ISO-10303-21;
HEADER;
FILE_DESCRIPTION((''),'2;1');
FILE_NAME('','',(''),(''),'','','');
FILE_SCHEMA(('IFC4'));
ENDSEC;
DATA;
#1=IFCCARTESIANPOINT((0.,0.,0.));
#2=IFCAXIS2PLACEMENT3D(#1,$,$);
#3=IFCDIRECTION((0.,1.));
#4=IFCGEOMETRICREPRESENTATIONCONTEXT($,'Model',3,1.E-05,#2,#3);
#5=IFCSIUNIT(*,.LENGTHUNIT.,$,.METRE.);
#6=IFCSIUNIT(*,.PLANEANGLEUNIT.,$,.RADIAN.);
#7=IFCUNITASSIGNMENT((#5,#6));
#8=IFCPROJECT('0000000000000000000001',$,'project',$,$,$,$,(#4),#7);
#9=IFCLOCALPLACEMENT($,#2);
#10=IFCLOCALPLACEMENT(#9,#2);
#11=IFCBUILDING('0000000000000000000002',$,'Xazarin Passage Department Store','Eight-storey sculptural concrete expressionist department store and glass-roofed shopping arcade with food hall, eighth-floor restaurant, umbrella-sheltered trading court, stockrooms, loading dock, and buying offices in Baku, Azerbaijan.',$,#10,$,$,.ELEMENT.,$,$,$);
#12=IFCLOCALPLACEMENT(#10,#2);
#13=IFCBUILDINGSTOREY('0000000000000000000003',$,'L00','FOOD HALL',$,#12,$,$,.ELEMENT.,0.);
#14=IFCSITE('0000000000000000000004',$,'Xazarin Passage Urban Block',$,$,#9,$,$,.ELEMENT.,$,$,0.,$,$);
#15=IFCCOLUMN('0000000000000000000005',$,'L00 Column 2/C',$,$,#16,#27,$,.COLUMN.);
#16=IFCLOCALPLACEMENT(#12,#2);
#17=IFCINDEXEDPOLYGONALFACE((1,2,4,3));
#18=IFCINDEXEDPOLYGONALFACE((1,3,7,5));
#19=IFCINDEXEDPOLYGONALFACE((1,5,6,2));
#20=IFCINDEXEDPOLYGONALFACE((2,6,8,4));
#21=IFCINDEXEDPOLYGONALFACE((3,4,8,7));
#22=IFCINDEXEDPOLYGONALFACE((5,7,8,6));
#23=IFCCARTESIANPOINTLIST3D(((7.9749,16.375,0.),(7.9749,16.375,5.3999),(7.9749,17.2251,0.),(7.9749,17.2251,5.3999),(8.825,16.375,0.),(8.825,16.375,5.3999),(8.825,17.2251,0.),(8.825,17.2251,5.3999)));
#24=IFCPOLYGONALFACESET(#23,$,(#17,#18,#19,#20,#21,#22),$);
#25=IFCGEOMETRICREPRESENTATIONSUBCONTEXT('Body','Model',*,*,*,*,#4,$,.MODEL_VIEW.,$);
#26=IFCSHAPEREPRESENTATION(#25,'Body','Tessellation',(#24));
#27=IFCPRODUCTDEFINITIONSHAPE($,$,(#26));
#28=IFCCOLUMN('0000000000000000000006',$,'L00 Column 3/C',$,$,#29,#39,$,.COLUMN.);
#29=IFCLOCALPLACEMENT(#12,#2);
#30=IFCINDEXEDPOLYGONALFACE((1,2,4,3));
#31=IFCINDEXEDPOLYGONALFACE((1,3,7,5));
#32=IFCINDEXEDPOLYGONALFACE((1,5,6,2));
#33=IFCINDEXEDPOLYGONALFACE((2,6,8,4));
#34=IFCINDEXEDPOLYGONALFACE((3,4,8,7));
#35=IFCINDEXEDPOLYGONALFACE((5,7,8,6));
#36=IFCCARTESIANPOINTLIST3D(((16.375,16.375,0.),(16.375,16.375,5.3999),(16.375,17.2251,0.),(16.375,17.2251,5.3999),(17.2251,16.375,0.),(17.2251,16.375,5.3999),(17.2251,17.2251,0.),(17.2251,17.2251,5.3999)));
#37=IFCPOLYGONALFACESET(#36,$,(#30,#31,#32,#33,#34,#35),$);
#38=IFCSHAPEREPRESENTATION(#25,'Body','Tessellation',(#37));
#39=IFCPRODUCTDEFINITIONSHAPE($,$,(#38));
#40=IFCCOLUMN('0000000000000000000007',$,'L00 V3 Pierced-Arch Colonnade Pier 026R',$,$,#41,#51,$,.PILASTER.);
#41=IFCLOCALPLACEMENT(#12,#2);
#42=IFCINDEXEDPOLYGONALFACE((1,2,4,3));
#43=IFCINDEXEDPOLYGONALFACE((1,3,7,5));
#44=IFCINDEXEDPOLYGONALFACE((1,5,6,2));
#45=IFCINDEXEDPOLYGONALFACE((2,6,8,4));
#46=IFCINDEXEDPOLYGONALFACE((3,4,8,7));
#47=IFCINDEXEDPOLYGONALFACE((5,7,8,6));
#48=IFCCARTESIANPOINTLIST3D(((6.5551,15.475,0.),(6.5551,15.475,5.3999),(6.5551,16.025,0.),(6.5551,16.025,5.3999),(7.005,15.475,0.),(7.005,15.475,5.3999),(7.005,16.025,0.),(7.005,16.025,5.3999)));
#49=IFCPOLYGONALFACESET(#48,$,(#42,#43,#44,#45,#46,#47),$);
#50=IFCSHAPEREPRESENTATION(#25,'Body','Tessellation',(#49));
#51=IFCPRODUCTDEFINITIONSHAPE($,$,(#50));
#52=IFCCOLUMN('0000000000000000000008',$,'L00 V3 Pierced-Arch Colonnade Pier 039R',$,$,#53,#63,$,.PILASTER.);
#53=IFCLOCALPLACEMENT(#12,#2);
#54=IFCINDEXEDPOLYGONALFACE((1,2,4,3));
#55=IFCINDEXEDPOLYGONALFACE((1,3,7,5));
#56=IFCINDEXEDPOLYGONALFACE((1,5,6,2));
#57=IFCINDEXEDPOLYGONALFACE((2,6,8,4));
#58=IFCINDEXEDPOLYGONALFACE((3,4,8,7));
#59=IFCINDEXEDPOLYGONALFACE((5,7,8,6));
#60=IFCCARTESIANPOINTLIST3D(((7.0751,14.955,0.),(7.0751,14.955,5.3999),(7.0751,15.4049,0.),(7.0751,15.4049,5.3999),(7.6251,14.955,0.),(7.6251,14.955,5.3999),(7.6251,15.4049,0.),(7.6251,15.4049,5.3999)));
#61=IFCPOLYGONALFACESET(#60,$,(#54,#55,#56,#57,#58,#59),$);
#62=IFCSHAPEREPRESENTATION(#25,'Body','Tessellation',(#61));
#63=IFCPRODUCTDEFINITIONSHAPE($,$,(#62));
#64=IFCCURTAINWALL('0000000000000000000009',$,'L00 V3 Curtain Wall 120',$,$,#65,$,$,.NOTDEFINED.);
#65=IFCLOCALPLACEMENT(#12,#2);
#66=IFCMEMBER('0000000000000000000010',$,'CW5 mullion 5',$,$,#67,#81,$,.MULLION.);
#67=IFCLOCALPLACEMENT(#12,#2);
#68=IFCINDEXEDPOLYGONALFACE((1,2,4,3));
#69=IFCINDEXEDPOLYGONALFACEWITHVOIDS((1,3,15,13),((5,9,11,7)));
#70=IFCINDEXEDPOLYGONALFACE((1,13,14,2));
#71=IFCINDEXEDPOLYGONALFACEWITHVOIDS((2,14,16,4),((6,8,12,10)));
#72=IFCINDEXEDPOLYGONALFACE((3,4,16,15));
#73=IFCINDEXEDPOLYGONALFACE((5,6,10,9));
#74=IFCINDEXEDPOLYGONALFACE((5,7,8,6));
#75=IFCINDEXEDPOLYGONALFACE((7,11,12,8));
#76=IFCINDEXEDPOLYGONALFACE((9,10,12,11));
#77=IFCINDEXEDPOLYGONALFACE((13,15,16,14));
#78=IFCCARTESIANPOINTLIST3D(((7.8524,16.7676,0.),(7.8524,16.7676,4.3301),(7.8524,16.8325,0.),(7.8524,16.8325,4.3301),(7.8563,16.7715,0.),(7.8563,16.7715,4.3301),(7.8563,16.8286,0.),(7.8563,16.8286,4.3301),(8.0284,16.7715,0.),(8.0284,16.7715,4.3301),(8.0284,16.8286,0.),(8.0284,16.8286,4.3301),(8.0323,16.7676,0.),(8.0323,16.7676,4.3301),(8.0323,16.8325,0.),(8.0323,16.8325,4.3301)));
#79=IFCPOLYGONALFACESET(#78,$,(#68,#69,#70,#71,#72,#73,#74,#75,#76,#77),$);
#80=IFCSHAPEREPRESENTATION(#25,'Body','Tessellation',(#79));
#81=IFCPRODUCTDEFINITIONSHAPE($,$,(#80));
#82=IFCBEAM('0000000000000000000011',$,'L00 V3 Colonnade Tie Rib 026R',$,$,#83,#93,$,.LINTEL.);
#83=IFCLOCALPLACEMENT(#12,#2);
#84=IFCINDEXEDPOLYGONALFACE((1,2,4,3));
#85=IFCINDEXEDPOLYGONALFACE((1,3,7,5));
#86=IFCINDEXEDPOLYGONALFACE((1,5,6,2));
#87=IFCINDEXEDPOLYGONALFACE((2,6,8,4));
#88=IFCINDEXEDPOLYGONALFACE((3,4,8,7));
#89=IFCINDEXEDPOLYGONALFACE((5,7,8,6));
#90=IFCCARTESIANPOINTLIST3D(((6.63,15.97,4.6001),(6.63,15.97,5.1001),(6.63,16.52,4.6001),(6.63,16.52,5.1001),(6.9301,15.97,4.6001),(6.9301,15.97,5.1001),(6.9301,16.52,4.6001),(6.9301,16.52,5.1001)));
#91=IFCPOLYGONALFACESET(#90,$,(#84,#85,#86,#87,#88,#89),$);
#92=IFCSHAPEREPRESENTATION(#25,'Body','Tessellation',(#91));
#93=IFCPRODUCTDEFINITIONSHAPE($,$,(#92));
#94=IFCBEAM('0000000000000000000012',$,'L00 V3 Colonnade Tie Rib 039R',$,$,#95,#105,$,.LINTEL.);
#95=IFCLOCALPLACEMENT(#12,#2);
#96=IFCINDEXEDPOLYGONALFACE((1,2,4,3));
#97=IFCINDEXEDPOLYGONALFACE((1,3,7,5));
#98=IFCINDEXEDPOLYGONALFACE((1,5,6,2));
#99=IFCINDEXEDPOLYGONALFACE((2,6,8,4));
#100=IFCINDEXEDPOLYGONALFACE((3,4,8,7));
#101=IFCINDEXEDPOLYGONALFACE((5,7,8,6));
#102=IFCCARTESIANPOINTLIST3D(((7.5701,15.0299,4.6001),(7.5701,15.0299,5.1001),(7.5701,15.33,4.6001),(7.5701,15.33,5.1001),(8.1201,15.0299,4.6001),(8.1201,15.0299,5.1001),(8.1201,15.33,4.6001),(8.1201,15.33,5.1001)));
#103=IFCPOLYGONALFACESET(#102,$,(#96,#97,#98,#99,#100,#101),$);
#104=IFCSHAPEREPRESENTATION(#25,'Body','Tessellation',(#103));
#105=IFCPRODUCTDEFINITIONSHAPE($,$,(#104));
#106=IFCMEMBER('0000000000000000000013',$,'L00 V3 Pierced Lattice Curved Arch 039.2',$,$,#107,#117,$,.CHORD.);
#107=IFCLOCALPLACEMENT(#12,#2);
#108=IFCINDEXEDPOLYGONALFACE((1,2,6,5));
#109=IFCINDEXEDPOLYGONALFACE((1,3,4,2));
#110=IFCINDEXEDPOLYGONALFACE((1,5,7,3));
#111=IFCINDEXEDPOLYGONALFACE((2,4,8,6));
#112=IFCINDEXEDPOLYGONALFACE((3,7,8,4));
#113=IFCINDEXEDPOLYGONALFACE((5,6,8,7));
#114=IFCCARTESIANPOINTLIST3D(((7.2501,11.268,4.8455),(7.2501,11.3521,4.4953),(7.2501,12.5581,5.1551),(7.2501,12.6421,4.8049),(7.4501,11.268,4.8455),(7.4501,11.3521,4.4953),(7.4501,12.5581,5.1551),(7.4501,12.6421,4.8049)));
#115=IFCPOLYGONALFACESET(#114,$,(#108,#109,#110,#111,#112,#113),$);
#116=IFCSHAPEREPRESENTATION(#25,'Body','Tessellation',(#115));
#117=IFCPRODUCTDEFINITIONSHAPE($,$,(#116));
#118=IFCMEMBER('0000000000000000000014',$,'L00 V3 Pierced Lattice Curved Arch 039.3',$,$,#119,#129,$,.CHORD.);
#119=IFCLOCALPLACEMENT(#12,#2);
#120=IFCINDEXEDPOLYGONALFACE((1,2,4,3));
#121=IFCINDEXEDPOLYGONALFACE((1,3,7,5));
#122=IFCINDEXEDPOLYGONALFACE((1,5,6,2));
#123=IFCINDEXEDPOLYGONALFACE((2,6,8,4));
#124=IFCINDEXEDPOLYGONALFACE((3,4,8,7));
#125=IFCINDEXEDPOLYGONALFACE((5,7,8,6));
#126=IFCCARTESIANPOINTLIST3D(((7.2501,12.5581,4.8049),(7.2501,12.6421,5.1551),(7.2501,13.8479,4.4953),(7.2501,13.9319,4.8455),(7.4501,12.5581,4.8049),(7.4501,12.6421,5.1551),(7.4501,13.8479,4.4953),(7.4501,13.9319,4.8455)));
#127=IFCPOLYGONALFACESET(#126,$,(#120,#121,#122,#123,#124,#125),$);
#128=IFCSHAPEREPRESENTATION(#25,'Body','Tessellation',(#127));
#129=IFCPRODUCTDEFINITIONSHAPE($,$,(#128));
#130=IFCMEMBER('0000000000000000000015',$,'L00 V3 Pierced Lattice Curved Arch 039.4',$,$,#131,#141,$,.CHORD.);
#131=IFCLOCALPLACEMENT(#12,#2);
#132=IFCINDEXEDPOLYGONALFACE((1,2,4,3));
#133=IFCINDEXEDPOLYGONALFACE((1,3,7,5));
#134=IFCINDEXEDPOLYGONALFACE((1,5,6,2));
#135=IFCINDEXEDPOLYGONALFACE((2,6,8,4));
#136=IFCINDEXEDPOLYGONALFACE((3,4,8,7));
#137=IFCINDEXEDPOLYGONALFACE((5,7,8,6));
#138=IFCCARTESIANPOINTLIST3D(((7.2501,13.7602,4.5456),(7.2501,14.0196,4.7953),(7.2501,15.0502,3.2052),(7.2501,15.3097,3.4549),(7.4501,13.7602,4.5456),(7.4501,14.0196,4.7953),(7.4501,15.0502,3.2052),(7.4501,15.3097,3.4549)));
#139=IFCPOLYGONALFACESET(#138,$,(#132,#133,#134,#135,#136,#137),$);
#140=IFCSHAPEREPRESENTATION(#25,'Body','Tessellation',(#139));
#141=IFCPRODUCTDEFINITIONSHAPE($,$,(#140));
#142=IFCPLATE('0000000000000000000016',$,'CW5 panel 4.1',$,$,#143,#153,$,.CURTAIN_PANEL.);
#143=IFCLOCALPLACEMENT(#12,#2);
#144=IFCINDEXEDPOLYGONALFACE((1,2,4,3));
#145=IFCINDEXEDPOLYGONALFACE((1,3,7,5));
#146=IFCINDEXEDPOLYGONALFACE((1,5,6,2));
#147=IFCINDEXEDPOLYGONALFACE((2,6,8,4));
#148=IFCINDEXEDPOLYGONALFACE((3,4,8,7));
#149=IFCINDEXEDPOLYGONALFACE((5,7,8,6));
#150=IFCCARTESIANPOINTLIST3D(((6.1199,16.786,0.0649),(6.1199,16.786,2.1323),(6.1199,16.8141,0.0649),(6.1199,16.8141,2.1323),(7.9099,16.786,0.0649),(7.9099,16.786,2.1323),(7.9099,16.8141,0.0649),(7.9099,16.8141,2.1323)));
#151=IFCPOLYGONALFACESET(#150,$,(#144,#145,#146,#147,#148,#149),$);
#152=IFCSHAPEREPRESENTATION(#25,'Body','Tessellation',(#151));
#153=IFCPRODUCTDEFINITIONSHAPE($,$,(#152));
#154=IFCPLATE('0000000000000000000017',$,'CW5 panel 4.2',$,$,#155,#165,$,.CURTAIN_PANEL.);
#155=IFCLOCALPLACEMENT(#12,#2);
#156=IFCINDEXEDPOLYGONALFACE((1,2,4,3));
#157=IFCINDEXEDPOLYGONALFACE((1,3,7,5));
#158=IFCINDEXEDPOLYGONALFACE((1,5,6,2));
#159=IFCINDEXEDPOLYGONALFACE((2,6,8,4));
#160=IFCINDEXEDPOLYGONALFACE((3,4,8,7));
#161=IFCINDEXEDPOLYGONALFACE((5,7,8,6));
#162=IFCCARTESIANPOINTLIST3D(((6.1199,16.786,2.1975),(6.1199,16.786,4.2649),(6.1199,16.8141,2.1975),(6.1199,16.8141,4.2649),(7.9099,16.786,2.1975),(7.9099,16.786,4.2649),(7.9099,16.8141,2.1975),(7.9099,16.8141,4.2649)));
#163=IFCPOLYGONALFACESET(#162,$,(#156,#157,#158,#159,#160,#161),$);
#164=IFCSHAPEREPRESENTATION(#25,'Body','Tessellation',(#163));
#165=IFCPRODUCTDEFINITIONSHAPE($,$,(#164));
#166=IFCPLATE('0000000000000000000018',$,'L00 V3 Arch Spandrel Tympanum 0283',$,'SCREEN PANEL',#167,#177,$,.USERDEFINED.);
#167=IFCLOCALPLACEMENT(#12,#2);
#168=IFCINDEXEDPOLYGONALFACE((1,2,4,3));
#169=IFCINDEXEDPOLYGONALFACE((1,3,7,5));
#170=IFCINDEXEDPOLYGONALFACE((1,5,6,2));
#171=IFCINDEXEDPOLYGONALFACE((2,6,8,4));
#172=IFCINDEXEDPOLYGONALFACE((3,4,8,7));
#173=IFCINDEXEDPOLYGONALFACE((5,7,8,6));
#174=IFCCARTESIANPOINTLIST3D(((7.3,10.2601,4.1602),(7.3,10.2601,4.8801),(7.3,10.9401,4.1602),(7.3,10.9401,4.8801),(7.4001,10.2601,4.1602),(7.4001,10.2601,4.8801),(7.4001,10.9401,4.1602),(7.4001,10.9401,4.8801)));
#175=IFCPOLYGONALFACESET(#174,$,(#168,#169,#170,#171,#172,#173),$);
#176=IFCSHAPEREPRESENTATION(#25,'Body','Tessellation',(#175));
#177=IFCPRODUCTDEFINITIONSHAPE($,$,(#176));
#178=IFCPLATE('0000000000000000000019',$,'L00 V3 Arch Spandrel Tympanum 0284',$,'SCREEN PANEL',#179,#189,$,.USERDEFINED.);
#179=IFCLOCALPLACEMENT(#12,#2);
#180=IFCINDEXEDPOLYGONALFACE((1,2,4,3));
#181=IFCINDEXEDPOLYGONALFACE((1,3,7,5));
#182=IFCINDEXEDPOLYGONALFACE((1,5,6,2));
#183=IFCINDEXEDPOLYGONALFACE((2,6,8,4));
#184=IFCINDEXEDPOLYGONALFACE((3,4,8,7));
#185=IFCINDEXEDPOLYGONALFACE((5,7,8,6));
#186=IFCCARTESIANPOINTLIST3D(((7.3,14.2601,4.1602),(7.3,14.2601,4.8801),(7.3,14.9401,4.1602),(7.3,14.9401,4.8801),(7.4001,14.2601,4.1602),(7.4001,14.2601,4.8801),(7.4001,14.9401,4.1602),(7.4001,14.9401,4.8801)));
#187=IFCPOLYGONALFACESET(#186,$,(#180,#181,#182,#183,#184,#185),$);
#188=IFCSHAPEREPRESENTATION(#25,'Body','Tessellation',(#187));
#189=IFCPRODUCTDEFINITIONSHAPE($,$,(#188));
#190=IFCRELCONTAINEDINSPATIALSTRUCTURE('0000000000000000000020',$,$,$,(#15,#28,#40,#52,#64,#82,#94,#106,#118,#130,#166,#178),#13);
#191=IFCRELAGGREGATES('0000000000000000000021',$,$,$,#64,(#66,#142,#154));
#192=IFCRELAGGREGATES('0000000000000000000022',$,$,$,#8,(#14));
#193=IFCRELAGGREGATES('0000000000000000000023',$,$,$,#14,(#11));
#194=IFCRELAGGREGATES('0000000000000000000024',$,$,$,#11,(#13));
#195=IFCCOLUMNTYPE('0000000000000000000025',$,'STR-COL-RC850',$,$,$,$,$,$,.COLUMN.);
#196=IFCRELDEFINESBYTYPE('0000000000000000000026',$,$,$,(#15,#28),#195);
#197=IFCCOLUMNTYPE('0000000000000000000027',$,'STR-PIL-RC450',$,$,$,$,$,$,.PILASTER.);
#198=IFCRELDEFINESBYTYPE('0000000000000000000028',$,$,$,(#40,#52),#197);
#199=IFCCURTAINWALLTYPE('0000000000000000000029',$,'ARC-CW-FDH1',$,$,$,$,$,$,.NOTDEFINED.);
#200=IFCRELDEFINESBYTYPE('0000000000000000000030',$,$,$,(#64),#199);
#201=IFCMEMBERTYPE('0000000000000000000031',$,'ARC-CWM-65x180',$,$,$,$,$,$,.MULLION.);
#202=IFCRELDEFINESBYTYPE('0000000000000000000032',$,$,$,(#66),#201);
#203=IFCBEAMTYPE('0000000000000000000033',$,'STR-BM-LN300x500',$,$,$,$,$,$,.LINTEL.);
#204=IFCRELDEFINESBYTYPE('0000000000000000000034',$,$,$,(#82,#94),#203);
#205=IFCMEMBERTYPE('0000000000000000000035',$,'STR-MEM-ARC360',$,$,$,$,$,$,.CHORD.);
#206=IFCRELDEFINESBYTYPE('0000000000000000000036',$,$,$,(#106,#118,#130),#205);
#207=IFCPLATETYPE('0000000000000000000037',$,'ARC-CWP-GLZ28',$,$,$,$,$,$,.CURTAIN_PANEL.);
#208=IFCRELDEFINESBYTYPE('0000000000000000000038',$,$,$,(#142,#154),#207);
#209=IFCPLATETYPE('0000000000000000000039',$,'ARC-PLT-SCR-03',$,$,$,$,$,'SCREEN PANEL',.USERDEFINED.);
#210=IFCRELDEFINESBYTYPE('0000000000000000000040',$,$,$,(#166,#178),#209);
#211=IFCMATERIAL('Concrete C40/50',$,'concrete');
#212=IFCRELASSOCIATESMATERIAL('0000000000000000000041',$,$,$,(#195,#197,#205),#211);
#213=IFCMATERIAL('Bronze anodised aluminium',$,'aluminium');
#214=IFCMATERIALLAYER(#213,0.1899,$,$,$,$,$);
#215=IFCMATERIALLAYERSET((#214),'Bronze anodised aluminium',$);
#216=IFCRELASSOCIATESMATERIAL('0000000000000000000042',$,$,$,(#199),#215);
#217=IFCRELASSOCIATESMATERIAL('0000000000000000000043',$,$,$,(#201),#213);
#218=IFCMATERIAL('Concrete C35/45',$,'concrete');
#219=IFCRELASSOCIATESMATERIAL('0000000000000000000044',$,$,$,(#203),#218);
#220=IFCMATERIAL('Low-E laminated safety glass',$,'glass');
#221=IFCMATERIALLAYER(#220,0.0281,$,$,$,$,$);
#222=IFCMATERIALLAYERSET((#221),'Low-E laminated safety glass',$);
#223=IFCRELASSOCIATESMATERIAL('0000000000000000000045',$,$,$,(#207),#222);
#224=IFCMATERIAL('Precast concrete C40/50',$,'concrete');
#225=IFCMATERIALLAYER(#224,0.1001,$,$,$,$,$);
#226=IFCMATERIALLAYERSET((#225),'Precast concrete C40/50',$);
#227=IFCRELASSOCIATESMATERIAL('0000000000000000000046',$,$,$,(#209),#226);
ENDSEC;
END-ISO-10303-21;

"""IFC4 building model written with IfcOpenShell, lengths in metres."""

from ifc_helpers import new_model, si_unit, direction, frame, origin, origin_2d, place, context, subcontext, project, spatial, rectangle, hollow_rectangle, extrude, material, layer, layer_set, material_profile, profile_set, type_object, element, aggregate, save


model = new_model("IFC4")

# Units and contexts
model_context = context("Model", 3, precision=1e-05, world=origin(), true_north=direction((0.0, 1.0)))
body_context = subcontext(model_context, "Body", "Model", "MODEL_VIEW")
ifc_project = project(units=[si_unit("LENGTHUNIT", "METRE"), si_unit("PLANEANGLEUNIT", "RADIAN")], contexts=[model_context])

# Site, building, storey
site_placement = place(None, origin())
site = spatial("IfcSite", under=ifc_project, at=site_placement, Name="Xazarin Passage Urban Block", CompositionType="ELEMENT", RefElevation=0.0)
building_placement = place(site_placement, origin())
building = spatial("IfcBuilding", under=site, at=building_placement, Name="Xazarin Passage Department Store", Description="Eight-storey sculptural concrete expressionist department store and glass-roofed shopping arcade with food hall, eighth-floor restaurant, umbrella-sheltered trading court, stockrooms, loading dock, and buying offices in Baku, Azerbaijan.", CompositionType="ELEMENT")
storey_placement = place(building_placement, origin())
storey = spatial("IfcBuildingStorey", under=building, at=storey_placement, Name="L00", Description="FOOD HALL", CompositionType="ELEMENT", Elevation=0.0)

# Shared definitions
ifc_material_1 = material(Name="Concrete C35/45", Category="concrete")

# Columns
ifc_material_2 = material(Name="Concrete C40/50", Category="concrete")
ifc_material_profile_1 = material_profile(ifc_material_2, rectangle(XDim=0.8501, YDim=0.8501, at=origin_2d()), Name="RC 850x850")
ifc_profile_set_1 = profile_set([ifc_material_profile_1], Name="Concrete C40/50")
column_type_1 = type_object("IfcColumnType", Name="STR-COL-RC850", PredefinedType="COLUMN", material=ifc_profile_set_1)
for number, where, z_axis, x_axis, name in (
    (1, (8.3999, 16.8, 0.0), (0.0, 0.0, 1.0), (1.0, 0.0, 0.0), "L00 Column 2/C"),
    (2, (16.8, 16.8, 0.0), (0.0, 0.0, 1.0), (1.0, 0.0, 0.0), "L00 Column 3/C"),
):
    element("IfcColumn", number, at=place(storey_placement, frame(where, z_axis=z_axis, x_axis=x_axis)), inside=storey, type_object=column_type_1, Name=name, PredefinedType="COLUMN", context=body_context, shape_type="SweptSolid", body=[
        extrude(rectangle(XDim=0.8501, YDim=0.8501, at=origin_2d()), origin(), (0.0, 0.0, 1.0), 5.3999),
    ])
ifc_material_profile_2 = material_profile(ifc_material_2, rectangle(XDim=0.45, YDim=0.55, at=origin_2d()), Name="RC 450x550")
ifc_profile_set_2 = profile_set([ifc_material_profile_2], Name="Concrete C40/50")
column_type_2 = type_object("IfcColumnType", Name="STR-PIL-RC450", PredefinedType="PILASTER", material=ifc_profile_set_2)
for number, where, z_axis, x_axis, name in (
    (3, (6.78, 15.75, 0.0), (0.0, 0.0, 1.0), (1.0, 0.0, 0.0), "L00 V3 Pierced-Arch Colonnade Pier 026R"),
    (4, (7.3501, 15.1799, 0.0), (0.0, 0.0, 1.0), (0.0, 1.0, 0.0), "L00 V3 Pierced-Arch Colonnade Pier 039R"),
):
    element("IfcColumn", number, at=place(storey_placement, frame(where, z_axis=z_axis, x_axis=x_axis)), inside=storey, type_object=column_type_2, Name=name, PredefinedType="PILASTER", context=body_context, shape_type="SweptSolid", body=[
        extrude(rectangle(XDim=0.45, YDim=0.55, at=origin_2d()), origin(), (0.0, 0.0, 1.0), 5.3999),
    ])

# Curtain wall, member
ifc_material_3 = material(Name="Bronze anodised aluminium", Category="aluminium")
ifc_layer_1 = layer(ifc_material_3, 0.1899)
ifc_layer_set_1 = layer_set([ifc_layer_1], Name="Bronze anodised aluminium")
curtain_wall_type = type_object("IfcCurtainWallType", Name="ARC-CW-FDH1", PredefinedType="NOTDEFINED", material=ifc_layer_set_1)
curtain_wall_placement = place(storey_placement, origin())
curtain_wall = element("IfcCurtainWall", 5, at=curtain_wall_placement, inside=storey, type_object=curtain_wall_type, Name="L00 V3 Curtain Wall 120", PredefinedType="NOTDEFINED")
ifc_material_profile_3 = material_profile(ifc_material_3, hollow_rectangle(XDim=0.0649, YDim=0.1799, WallThickness=0.0039, at=origin_2d()), Name="ALU 65x180")
ifc_profile_set_3 = profile_set([ifc_material_profile_3], Name="Bronze anodised aluminium")
member_type_1 = type_object("IfcMemberType", Name="ARC-CWM-65x180", PredefinedType="MULLION", material=ifc_profile_set_3)
member_1_placement = place(storey_placement, frame((7.9424, 16.8, 0.0), z_axis=(0.0, 0.0, 1.0), x_axis=(0.0, 1.0, 0.0)))
member_1 = element("IfcMember", 6, at=member_1_placement, type_object=member_type_1, Name="CW5 mullion 5", PredefinedType="MULLION", context=body_context, shape_type="SweptSolid", body=[
    extrude(hollow_rectangle(XDim=0.0649, YDim=0.1799, WallThickness=0.0039, at=origin_2d()), origin(), (0.0, 0.0, 1.0), 4.3301),
])

# Beams
ifc_material_profile_4 = material_profile(ifc_material_1, rectangle(XDim=0.3, YDim=0.5, at=origin_2d()), Name="RC 300x500")
ifc_profile_set_4 = profile_set([ifc_material_profile_4], Name="Concrete C35/45")
beam_type = type_object("IfcBeamType", Name="STR-BM-LN300x500", PredefinedType="LINTEL", material=ifc_profile_set_4)
for number, where, z_axis, x_axis, name in (
    (7, (6.78, 16.52, 4.8501), (0.0, -1.0, 0.0), (1.0, 0.0, 0.0), "L00 V3 Colonnade Tie Rib 026R"),
    (8, (8.1201, 15.1799, 4.8501), (-1.0, 0.0, 0.0), (0.0, -1.0, 0.0), "L00 V3 Colonnade Tie Rib 039R"),
):
    element("IfcBeam", number, at=place(storey_placement, frame(where, z_axis=z_axis, x_axis=x_axis)), inside=storey, type_object=beam_type, Name=name, PredefinedType="LINTEL", context=body_context, shape_type="SweptSolid", body=[
        extrude(rectangle(XDim=0.3, YDim=0.5, at=origin_2d()), origin(), (0.0, 0.0, 1.0), 0.55),
    ])

# Members
ifc_material_profile_5 = material_profile(ifc_material_2, rectangle(XDim=0.2, YDim=0.3601, at=origin_2d()), Name="RC 200x360")
ifc_profile_set_5 = profile_set([ifc_material_profile_5], Name="Concrete C40/50")
member_type_2 = type_object("IfcMemberType", Name="STR-MEM-ARC360", PredefinedType="CHORD", material=ifc_profile_set_5)
member_2_placement = place(storey_placement, frame((7.3501, 11.3101, 4.6704), z_axis=(0.0, 0.972394, 0.233345), x_axis=(-1.0, 0.0, 0.0)))
element("IfcMember", 9, at=member_2_placement, inside=storey, type_object=member_type_2, Name="L00 V3 Pierced Lattice Curved Arch 039.2", PredefinedType="CHORD", context=body_context, shape_type="SweptSolid", body=[
    extrude(rectangle(XDim=0.2, YDim=0.3601, at=origin_2d()), origin(), (0.0, 0.0, 1.0), 1.3267),
])
member_3_placement = place(storey_placement, frame((7.3501, 12.6001, 4.98), z_axis=(0.0, 0.972384, -0.233387), x_axis=(-1.0, 0.0, 0.0)))
element("IfcMember", 10, at=member_3_placement, inside=storey, type_object=member_type_2, Name="L00 V3 Pierced Lattice Curved Arch 039.3", PredefinedType="CHORD", context=body_context, shape_type="SweptSolid", body=[
    extrude(rectangle(XDim=0.2, YDim=0.3601, at=origin_2d()), origin(), (0.0, 0.0, 1.0), 1.3264),
])
member_4_placement = place(storey_placement, frame((7.3501, 13.8899, 4.6704), z_axis=(0.0, 0.69346, -0.720495), x_axis=(-1.0, 0.0, 0.0)))
element("IfcMember", 11, at=member_4_placement, inside=storey, type_object=member_type_2, Name="L00 V3 Pierced Lattice Curved Arch 039.4", PredefinedType="CHORD", context=body_context, shape_type="SweptSolid", body=[
    extrude(rectangle(XDim=0.2, YDim=0.3601, at=origin_2d()), origin(), (0.0, 0.0, 1.0), 1.8604),
])

# Plates
ifc_material_4 = material(Name="Low-E laminated safety glass", Category="glass")
ifc_layer_2 = layer(ifc_material_4, 0.0281)
ifc_layer_set_2 = layer_set([ifc_layer_2], Name="Low-E laminated safety glass")
plate_type_1 = type_object("IfcPlateType", Name="ARC-CWP-GLZ28", PredefinedType="CURTAIN_PANEL", material=ifc_layer_set_2)
plate_1_placement = place(storey_placement, frame((7.0149, 16.8, 0.0649), z_axis=(0.0, 0.0, 1.0), x_axis=(1.0, 0.0, 0.0)))
plate_1 = element("IfcPlate", 12, at=plate_1_placement, type_object=plate_type_1, Name="CW5 panel 4.1", PredefinedType="CURTAIN_PANEL", context=body_context, shape_type="SweptSolid", body=[
    extrude(rectangle(XDim=1.79, YDim=0.0281, at=origin_2d()), origin(), (0.0, 0.0, 1.0), 2.0674),
])
plate_2_placement = place(storey_placement, frame((7.0149, 16.8, 2.1975), z_axis=(0.0, 0.0, 1.0), x_axis=(1.0, 0.0, 0.0)))
plate_2 = element("IfcPlate", 13, at=plate_2_placement, type_object=plate_type_1, Name="CW5 panel 4.2", PredefinedType="CURTAIN_PANEL", context=body_context, shape_type="SweptSolid", body=[
    extrude(rectangle(XDim=1.79, YDim=0.0281, at=origin_2d()), origin(), (0.0, 0.0, 1.0), 2.0674),
])
aggregate(curtain_wall, [member_1, plate_1, plate_2])

# Plates
ifc_material_5 = material(Name="Precast concrete C40/50", Category="concrete")
ifc_layer_3 = layer(ifc_material_5, 0.1001)
ifc_layer_set_3 = layer_set([ifc_layer_3], Name="Precast concrete C40/50")
plate_type_2 = type_object("IfcPlateType", Name="ARC-PLT-SCR-03", ElementType="SCREEN PANEL", PredefinedType="USERDEFINED", material=ifc_layer_set_3)
for number, where, z_axis, x_axis, name in (
    (14, (7.3501, 10.6001, 4.1602), (0.0, 0.0, 1.0), (0.0, 1.0, 0.0), "L00 V3 Arch Spandrel Tympanum 0283"),
    (15, (7.3501, 14.6001, 4.1602), (0.0, 0.0, 1.0), (0.0, 1.0, 0.0), "L00 V3 Arch Spandrel Tympanum 0284"),
):
    element("IfcPlate", number, at=place(storey_placement, frame(where, z_axis=z_axis, x_axis=x_axis)), inside=storey, type_object=plate_type_2, Name=name, ObjectType="SCREEN PANEL", PredefinedType="USERDEFINED", context=body_context, shape_type="SweptSolid", body=[
        extrude(rectangle(XDim=0.6799, YDim=0.1001, at=origin_2d()), origin(), (0.0, 0.0, 1.0), 0.72),
    ])

save(model, "model.ifc")
